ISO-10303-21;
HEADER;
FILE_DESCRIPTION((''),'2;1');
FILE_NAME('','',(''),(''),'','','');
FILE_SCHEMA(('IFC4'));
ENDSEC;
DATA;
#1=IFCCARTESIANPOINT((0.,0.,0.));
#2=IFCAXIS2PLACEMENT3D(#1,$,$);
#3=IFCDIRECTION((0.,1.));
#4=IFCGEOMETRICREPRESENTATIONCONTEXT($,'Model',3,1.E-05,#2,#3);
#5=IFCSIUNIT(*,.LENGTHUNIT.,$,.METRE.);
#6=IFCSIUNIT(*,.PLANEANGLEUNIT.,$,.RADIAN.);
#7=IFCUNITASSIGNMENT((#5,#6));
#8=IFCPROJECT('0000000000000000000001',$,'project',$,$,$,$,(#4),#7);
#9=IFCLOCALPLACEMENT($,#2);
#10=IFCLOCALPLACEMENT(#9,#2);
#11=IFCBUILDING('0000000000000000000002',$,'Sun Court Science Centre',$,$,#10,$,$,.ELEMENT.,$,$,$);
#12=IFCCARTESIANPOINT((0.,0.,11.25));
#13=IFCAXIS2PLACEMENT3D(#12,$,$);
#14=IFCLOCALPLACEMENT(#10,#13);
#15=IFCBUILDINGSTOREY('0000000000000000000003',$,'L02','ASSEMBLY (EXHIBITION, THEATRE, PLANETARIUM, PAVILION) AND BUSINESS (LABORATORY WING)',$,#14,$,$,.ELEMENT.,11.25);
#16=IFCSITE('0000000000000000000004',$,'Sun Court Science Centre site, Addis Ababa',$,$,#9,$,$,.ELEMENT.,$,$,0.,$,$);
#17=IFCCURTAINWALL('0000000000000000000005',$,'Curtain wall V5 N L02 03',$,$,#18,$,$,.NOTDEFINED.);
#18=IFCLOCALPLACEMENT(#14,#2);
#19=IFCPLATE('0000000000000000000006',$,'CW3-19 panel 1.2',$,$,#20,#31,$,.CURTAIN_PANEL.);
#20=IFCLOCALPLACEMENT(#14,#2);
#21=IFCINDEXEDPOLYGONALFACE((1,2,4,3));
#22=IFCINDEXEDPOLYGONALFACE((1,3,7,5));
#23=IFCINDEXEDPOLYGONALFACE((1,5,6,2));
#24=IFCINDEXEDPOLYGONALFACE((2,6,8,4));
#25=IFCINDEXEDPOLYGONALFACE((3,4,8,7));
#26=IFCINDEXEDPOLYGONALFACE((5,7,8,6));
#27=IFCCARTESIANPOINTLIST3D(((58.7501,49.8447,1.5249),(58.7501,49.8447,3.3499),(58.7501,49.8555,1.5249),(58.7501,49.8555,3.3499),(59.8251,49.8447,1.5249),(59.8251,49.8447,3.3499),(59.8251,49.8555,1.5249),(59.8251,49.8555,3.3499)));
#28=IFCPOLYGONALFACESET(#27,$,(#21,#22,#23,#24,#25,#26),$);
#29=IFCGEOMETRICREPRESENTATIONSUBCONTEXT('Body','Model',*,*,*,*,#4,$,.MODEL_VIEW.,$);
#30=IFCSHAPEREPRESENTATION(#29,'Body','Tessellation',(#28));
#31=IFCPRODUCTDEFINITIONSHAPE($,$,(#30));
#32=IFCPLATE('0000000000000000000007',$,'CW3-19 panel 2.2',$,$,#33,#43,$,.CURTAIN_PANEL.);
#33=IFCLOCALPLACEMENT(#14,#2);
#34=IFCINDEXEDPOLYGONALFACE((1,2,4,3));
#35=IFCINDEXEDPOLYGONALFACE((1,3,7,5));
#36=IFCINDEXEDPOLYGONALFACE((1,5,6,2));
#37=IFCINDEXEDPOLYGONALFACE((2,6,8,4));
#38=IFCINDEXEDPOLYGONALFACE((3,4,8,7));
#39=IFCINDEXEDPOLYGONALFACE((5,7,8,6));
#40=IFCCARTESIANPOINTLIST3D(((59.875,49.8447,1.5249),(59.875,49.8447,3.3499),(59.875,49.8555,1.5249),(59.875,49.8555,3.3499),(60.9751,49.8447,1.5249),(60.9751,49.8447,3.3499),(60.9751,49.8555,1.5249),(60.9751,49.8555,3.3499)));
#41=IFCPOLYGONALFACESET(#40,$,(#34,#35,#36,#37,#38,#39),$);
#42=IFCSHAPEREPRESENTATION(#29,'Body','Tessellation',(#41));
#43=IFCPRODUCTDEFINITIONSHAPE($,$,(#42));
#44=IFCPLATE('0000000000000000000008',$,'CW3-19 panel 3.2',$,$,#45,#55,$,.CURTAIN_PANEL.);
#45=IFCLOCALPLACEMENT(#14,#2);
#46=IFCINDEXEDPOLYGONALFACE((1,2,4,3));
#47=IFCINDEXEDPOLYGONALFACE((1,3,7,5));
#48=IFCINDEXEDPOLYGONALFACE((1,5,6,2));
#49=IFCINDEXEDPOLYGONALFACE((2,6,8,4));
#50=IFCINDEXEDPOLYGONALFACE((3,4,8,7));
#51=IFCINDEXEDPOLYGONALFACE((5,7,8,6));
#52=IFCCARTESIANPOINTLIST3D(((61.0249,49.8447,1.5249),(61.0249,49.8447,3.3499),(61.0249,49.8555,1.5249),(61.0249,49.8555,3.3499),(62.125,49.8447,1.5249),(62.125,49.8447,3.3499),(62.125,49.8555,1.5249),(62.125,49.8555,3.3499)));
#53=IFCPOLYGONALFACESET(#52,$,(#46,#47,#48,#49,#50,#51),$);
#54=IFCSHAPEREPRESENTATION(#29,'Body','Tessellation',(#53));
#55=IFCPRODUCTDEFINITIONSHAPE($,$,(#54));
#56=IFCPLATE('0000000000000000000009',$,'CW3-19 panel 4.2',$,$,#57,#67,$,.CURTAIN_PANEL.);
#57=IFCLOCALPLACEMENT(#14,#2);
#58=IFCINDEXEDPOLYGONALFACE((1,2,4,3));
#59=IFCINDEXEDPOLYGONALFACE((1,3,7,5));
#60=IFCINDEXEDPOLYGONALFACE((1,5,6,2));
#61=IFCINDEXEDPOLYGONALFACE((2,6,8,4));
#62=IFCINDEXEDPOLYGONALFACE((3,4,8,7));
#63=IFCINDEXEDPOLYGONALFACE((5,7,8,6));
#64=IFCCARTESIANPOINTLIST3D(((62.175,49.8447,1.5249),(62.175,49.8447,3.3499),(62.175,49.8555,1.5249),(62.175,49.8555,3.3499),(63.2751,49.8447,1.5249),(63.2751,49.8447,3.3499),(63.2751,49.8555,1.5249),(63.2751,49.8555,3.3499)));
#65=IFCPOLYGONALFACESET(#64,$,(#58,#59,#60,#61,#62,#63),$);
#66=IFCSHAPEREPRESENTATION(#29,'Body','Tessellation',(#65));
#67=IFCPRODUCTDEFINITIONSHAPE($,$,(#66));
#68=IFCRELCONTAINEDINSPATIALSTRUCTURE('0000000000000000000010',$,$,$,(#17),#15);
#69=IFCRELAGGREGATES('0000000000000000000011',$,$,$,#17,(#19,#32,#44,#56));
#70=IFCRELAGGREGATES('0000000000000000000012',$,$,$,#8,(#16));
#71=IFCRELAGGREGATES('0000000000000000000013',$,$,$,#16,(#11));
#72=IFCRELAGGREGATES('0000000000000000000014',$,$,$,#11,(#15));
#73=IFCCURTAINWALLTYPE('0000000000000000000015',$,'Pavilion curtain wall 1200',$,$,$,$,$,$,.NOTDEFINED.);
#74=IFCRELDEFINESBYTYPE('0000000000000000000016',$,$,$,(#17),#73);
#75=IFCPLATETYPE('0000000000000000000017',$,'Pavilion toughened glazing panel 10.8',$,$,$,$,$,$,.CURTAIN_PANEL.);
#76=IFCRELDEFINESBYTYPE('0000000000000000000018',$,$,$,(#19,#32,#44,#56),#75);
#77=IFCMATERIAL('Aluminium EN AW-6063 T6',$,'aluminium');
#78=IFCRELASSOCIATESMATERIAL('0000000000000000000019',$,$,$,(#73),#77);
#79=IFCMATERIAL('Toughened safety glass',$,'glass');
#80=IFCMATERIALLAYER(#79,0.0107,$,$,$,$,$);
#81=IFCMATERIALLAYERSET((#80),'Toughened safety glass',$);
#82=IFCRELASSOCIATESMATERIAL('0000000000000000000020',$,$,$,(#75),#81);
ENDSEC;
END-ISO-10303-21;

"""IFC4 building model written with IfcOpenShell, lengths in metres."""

from ifc_helpers import new_model, si_unit, direction, frame, origin, origin_2d, place, context, subcontext, project, spatial, rectangle, extrude, material, layer, layer_set, type_object, element, aggregate, save


model = new_model("IFC4")

# Units and contexts
model_context = context("Model", 3, precision=1e-05, world=origin(), true_north=direction((0.0, 1.0)))
body_context = subcontext(model_context, "Body", "Model", "MODEL_VIEW")
ifc_project = project(units=[si_unit("LENGTHUNIT", "METRE"), si_unit("PLANEANGLEUNIT", "RADIAN")], contexts=[model_context])

# Site, building, storey
site_placement = place(None, origin())
site = spatial("IfcSite", under=ifc_project, at=site_placement, Name="Sun Court Science Centre site, Addis Ababa", CompositionType="ELEMENT", RefElevation=0.0)
building_placement = place(site_placement, origin())
building = spatial("IfcBuilding", under=site, at=building_placement, Name="Sun Court Science Centre", CompositionType="ELEMENT")
storey_placement = place(building_placement, frame((0.0, 0.0, 11.25)))
storey = spatial("IfcBuildingStorey", under=building, at=storey_placement, Name="L02", Description="ASSEMBLY (EXHIBITION, THEATRE, PLANETARIUM, PAVILION) AND BUSINESS (LABORATORY WING)", CompositionType="ELEMENT", Elevation=11.25)

# Curtain wall, plates
ifc_material_1 = material(Name="Aluminium EN AW-6063 T6", Category="aluminium")
curtain_wall_type = type_object("IfcCurtainWallType", Name="Pavilion curtain wall 1200", PredefinedType="NOTDEFINED", material=ifc_material_1)
curtain_wall_placement = place(storey_placement, origin())
curtain_wall = element("IfcCurtainWall", 1, at=curtain_wall_placement, inside=storey, type_object=curtain_wall_type, Name="Curtain wall V5 N L02 03", PredefinedType="NOTDEFINED")
ifc_material_2 = material(Name="Toughened safety glass", Category="glass")
ifc_layer = layer(ifc_material_2, 0.0107)
ifc_layer_set = layer_set([ifc_layer], Name="Toughened safety glass")
plate_type = type_object("IfcPlateType", Name="Pavilion toughened glazing panel 10.8", PredefinedType="CURTAIN_PANEL", material=ifc_layer_set)
plate_1_placement = place(storey_placement, frame((59.2876, 49.8501, 1.5249), z_axis=(0.0, 0.0, 1.0), x_axis=(1.0, 0.0, 0.0)))
plate_1 = element("IfcPlate", 2, at=plate_1_placement, type_object=plate_type, Name="CW3-19 panel 1.2", PredefinedType="CURTAIN_PANEL", context=body_context, shape_type="SweptSolid", body=[
    extrude(rectangle(XDim=1.075, YDim=0.0107, at=origin_2d()), origin(), (0.0, 0.0, 1.0), 1.825),
])
plate_2_placement = place(storey_placement, frame((60.425, 49.8501, 1.5249), z_axis=(0.0, 0.0, 1.0), x_axis=(1.0, 0.0, 0.0)))
plate_2 = element("IfcPlate", 3, at=plate_2_placement, type_object=plate_type, Name="CW3-19 panel 2.2", PredefinedType="CURTAIN_PANEL", context=body_context, shape_type="SweptSolid", body=[
    extrude(rectangle(XDim=1.1001, YDim=0.0107, at=origin_2d()), origin(), (0.0, 0.0, 1.0), 1.825),
])
plate_3_placement = place(storey_placement, frame((61.575, 49.8501, 1.5249), z_axis=(0.0, 0.0, 1.0), x_axis=(1.0, 0.0, 0.0)))
plate_3 = element("IfcPlate", 4, at=plate_3_placement, type_object=plate_type, Name="CW3-19 panel 3.2", PredefinedType="CURTAIN_PANEL", context=body_context, shape_type="SweptSolid", body=[
    extrude(rectangle(XDim=1.1001, YDim=0.0107, at=origin_2d()), origin(), (0.0, 0.0, 1.0), 1.825),
])
plate_4_placement = place(storey_placement, frame((62.7251, 49.8501, 1.5249), z_axis=(0.0, 0.0, 1.0), x_axis=(1.0, 0.0, 0.0)))
plate_4 = element("IfcPlate", 5, at=plate_4_placement, type_object=plate_type, Name="CW3-19 panel 4.2", PredefinedType="CURTAIN_PANEL", context=body_context, shape_type="SweptSolid", body=[
    extrude(rectangle(XDim=1.1001, YDim=0.0107, at=origin_2d()), origin(), (0.0, 0.0, 1.0), 1.825),
])
aggregate(curtain_wall, [plate_1, plate_2, plate_3, plate_4])

save(model, "model.ifc")
